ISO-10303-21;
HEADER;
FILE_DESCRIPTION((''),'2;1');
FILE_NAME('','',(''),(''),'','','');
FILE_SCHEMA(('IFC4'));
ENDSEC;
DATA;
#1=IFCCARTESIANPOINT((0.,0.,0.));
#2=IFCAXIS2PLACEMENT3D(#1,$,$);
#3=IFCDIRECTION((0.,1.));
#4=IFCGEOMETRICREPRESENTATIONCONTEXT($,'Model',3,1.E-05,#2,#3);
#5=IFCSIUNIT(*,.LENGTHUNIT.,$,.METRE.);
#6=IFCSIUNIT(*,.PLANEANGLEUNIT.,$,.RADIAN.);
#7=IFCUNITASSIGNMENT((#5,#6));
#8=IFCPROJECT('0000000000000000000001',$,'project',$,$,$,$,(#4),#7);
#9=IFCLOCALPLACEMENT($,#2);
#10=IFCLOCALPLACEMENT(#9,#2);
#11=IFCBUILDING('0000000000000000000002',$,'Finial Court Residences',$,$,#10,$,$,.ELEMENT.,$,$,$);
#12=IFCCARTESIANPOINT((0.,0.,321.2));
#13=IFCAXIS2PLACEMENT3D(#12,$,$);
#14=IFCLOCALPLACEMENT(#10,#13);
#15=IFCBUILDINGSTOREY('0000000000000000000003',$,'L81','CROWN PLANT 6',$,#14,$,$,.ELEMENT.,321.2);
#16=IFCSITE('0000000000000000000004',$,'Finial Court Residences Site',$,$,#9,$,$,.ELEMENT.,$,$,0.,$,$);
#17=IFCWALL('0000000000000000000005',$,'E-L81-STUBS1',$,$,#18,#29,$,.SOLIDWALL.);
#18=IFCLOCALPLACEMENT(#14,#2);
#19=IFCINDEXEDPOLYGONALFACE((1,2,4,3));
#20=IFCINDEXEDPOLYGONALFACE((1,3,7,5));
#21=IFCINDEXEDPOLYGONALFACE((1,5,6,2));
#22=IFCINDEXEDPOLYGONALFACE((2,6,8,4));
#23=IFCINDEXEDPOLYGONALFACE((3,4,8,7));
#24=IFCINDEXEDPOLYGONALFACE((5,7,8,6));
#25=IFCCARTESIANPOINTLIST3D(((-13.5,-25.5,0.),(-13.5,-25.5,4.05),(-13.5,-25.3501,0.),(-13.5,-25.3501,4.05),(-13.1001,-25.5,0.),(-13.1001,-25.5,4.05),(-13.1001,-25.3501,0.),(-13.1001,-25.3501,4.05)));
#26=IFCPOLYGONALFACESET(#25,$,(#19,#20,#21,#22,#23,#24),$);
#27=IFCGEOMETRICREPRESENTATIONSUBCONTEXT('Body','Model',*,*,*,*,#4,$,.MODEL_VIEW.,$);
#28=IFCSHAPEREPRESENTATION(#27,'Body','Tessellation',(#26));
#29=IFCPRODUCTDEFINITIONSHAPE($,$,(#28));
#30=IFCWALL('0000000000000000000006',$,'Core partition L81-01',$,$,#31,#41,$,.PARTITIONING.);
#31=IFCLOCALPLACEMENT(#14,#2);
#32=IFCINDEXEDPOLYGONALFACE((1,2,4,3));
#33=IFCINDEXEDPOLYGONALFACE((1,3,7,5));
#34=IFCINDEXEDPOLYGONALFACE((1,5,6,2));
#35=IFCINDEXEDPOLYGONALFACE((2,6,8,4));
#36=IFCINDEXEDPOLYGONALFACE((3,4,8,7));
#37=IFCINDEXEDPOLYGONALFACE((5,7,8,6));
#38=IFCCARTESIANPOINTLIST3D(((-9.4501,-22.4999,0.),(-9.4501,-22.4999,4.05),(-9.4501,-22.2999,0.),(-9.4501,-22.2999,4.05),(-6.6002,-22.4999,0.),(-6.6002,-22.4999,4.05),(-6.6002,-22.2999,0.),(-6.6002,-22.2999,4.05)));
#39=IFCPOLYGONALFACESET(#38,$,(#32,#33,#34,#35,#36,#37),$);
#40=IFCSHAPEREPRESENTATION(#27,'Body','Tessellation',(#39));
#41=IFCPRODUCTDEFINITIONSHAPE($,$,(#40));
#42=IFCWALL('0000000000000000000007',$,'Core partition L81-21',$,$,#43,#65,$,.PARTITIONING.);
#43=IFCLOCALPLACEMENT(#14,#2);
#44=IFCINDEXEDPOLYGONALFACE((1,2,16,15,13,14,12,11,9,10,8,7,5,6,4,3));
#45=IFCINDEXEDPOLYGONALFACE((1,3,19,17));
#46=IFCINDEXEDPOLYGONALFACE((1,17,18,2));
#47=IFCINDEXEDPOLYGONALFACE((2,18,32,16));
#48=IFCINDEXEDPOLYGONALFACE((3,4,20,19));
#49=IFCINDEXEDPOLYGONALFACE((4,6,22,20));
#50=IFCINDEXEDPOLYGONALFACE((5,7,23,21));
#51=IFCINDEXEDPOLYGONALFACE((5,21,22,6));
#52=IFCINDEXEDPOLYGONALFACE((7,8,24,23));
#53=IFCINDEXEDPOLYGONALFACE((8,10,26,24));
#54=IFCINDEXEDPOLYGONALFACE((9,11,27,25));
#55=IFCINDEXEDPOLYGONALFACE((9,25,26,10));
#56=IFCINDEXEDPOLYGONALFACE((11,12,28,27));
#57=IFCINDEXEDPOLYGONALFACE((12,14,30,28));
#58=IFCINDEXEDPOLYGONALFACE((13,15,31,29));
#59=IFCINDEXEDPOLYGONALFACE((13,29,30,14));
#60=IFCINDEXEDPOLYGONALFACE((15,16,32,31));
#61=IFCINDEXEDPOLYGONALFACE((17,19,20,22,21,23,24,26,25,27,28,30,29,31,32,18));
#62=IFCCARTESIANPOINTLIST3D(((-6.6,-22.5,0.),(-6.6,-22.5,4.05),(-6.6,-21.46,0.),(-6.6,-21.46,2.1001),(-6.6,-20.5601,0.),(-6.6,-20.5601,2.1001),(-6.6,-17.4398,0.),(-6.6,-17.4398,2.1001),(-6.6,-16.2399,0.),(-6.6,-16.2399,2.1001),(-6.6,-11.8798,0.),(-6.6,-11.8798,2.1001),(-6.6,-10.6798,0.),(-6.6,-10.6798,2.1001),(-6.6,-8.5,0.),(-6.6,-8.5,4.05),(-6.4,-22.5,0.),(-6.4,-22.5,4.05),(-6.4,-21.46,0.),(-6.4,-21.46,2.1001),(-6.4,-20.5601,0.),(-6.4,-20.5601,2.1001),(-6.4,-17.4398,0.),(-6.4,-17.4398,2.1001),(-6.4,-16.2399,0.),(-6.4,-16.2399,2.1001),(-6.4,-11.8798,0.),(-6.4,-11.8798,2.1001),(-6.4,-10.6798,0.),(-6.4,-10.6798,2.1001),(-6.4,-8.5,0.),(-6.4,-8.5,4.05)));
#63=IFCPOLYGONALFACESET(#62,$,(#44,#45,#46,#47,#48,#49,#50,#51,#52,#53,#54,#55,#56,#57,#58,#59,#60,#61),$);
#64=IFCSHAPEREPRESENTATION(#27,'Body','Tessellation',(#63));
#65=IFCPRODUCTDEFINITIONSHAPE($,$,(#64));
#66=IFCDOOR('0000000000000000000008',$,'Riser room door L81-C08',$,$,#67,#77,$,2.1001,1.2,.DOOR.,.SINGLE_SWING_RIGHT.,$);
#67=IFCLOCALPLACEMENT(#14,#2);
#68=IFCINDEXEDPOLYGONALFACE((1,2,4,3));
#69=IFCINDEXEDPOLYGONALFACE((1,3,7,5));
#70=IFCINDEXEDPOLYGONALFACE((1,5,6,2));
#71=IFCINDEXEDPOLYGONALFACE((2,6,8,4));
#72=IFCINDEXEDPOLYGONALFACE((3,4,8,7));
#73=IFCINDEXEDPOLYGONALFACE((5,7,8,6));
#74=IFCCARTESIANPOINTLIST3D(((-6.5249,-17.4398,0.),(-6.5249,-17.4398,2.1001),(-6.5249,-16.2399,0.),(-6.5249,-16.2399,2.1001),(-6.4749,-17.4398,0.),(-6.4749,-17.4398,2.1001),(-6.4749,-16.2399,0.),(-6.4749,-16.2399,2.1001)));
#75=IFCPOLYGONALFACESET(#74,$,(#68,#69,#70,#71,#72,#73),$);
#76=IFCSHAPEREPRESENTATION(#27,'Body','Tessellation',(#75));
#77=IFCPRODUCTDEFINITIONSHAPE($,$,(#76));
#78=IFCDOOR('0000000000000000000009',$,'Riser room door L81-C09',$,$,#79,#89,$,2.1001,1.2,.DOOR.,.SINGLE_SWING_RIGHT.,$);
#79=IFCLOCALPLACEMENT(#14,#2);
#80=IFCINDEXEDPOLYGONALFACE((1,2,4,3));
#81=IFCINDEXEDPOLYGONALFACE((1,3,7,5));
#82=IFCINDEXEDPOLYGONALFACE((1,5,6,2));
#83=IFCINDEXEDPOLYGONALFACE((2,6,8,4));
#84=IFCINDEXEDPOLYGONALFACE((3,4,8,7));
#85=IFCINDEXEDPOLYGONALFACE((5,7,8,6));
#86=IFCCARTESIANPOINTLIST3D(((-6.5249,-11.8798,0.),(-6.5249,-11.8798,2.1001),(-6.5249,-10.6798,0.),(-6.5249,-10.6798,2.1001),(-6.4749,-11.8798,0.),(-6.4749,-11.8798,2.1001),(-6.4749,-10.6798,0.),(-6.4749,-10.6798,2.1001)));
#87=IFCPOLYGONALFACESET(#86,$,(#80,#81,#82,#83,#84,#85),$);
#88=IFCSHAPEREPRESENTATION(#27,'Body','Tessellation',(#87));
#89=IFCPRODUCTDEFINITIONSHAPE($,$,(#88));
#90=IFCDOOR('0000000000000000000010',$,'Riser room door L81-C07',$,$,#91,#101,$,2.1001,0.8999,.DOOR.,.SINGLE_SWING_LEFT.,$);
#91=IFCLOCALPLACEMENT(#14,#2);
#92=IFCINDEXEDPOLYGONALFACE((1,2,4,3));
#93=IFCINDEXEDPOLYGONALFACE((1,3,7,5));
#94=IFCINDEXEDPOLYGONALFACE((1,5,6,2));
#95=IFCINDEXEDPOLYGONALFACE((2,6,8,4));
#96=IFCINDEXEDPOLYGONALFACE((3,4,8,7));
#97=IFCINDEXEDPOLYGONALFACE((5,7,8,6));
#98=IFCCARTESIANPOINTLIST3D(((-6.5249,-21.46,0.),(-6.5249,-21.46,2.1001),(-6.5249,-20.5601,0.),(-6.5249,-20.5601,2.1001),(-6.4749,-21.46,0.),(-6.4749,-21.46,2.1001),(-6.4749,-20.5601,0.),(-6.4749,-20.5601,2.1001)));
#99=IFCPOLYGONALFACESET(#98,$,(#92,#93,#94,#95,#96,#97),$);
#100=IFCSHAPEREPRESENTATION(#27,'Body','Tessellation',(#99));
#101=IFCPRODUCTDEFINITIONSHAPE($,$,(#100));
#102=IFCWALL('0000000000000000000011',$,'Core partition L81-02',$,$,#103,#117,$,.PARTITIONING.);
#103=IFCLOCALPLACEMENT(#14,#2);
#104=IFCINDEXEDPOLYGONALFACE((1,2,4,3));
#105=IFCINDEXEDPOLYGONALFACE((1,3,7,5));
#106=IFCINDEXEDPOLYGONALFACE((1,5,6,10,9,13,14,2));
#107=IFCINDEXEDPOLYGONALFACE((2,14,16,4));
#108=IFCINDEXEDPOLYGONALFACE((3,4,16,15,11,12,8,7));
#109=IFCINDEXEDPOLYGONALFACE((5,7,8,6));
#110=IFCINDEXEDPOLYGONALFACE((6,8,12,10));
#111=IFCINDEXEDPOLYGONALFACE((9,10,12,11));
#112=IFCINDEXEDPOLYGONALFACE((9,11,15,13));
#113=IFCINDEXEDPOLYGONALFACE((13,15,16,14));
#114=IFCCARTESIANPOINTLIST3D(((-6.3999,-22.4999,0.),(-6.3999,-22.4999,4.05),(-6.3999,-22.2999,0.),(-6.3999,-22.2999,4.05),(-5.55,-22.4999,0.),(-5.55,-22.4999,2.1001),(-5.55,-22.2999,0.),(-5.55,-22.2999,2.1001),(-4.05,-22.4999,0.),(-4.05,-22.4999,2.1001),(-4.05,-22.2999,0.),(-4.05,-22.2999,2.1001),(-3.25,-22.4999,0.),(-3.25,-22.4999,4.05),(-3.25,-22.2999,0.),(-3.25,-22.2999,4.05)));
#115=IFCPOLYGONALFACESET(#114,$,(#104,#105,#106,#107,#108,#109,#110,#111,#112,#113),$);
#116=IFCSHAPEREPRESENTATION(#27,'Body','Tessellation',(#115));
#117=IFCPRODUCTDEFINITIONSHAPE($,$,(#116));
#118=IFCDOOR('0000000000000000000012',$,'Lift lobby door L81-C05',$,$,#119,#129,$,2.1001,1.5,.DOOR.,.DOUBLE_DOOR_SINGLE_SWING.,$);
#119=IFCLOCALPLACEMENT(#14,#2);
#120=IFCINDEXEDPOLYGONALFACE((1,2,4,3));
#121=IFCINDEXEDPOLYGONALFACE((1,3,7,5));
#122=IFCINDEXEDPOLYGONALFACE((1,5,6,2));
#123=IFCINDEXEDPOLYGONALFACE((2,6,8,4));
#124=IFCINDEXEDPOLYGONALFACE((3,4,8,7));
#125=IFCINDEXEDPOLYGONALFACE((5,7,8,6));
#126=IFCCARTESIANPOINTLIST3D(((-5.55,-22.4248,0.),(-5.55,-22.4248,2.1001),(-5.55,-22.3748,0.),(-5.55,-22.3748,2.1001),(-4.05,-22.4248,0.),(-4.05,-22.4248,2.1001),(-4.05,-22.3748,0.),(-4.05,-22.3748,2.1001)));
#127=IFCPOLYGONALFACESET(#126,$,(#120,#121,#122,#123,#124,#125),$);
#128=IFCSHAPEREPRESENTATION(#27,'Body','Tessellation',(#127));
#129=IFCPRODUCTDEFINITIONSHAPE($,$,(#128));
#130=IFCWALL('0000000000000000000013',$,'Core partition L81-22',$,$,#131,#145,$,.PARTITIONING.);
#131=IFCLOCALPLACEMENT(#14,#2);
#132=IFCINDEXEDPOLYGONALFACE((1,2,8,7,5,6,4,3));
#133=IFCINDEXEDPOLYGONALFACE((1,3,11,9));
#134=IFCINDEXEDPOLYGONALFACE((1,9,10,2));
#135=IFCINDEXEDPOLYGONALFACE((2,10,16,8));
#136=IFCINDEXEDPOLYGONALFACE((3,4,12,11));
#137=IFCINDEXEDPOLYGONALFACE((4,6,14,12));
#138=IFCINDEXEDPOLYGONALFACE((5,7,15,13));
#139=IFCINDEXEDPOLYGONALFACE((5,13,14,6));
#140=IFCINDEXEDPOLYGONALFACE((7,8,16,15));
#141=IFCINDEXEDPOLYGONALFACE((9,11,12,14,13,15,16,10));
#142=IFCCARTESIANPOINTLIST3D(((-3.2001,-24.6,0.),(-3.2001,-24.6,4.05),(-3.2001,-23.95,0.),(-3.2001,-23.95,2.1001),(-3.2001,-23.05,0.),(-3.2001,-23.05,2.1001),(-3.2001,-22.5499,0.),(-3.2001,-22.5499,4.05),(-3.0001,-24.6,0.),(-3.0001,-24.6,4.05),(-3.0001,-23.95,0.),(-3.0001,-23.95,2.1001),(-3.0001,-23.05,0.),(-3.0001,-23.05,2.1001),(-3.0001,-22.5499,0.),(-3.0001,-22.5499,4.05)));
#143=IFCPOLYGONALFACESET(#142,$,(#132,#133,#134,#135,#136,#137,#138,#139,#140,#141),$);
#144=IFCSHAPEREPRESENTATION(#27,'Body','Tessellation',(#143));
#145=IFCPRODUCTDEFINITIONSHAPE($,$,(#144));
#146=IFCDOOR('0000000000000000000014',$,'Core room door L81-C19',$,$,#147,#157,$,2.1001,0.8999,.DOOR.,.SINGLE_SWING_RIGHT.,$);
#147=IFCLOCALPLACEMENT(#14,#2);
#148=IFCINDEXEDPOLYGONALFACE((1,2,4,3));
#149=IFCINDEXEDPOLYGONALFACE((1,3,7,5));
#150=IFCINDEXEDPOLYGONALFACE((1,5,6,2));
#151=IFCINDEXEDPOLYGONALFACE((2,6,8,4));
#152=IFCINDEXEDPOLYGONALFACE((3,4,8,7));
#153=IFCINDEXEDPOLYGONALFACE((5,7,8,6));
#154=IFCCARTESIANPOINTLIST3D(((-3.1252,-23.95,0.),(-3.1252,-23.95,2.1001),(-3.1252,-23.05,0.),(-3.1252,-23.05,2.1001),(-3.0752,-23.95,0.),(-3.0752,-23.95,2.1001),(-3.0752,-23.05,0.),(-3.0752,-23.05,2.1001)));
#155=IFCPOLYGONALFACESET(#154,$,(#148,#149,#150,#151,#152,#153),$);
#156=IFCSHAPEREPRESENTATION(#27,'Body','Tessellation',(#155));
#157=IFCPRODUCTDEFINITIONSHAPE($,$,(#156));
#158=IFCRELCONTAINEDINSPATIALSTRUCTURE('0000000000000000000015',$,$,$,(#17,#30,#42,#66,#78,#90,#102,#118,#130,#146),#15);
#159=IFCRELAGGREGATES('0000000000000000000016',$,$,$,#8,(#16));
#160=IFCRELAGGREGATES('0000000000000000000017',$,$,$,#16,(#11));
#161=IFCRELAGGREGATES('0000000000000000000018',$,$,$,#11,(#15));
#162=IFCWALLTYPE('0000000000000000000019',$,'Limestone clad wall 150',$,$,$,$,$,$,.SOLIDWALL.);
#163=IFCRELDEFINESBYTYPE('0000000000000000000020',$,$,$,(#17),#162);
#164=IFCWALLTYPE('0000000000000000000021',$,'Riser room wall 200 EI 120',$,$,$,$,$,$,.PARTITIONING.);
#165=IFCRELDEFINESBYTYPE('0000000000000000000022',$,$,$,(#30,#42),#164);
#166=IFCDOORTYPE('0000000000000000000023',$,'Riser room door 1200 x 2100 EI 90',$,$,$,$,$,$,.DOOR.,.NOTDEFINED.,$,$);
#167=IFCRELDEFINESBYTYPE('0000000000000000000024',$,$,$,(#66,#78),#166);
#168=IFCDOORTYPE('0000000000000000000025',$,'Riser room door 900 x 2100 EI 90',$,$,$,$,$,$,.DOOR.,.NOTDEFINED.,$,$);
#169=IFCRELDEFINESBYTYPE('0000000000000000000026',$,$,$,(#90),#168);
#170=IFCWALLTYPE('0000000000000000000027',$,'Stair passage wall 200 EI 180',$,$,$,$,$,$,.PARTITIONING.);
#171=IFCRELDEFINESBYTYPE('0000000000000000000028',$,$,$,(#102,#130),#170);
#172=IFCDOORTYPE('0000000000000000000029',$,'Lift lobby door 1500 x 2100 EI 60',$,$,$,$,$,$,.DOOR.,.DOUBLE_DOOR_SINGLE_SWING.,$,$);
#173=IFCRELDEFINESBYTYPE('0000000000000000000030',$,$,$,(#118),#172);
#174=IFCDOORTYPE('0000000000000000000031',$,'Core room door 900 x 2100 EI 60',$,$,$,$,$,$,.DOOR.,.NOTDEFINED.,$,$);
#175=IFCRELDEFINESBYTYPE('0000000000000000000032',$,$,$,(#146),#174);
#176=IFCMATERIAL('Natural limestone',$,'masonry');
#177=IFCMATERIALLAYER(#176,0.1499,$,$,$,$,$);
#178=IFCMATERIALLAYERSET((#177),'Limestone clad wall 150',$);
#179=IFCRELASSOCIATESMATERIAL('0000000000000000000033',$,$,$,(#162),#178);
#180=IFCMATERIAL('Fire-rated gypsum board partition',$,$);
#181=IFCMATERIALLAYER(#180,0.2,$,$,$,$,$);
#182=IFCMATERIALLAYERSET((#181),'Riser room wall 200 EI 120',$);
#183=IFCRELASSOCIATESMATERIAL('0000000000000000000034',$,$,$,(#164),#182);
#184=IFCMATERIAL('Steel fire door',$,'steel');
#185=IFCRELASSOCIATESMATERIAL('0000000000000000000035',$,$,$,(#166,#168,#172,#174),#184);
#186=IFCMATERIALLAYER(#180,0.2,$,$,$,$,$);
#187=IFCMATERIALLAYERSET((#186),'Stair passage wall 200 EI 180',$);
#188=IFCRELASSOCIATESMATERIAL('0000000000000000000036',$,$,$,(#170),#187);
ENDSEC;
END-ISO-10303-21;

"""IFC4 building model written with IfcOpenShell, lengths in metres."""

from ifc_helpers import new_model, si_unit, direction, frame, frame_2d, origin, place, context, subcontext, project, spatial, rectangle, extrude, material, layer, layer_set, type_object, element, fill, save


model = new_model("IFC4")

# Units and contexts
model_context = context("Model", 3, precision=1e-05, world=origin(), true_north=direction((0.0, 1.0)))
body_context = subcontext(model_context, "Body", "Model", "MODEL_VIEW")
ifc_project = project(units=[si_unit("LENGTHUNIT", "METRE"), si_unit("PLANEANGLEUNIT", "RADIAN")], contexts=[model_context])

# Site, building, storey
site_placement = place(None, origin())
site = spatial("IfcSite", under=ifc_project, at=site_placement, Name="Finial Court Residences Site", CompositionType="ELEMENT", RefElevation=0.0)
building_placement = place(site_placement, origin())
building = spatial("IfcBuilding", under=site, at=building_placement, Name="Finial Court Residences", CompositionType="ELEMENT")
storey_placement = place(building_placement, frame((0.0, 0.0, 321.2)))
storey = spatial("IfcBuildingStorey", under=building, at=storey_placement, Name="L81", Description="CROWN PLANT 6", CompositionType="ELEMENT", Elevation=321.2)

# Shared definitions
ifc_material_1 = material(Name="Steel fire door", Category="steel")

# Walls
ifc_material_2 = material(Name="Natural limestone", Category="masonry")
ifc_layer_1 = layer(ifc_material_2, 0.1499)
ifc_layer_set_1 = layer_set([ifc_layer_1], Name="Limestone clad wall 150")
wall_type_1 = type_object("IfcWallType", Name="Limestone clad wall 150", PredefinedType="SOLIDWALL", material=ifc_layer_set_1)
wall_1_placement = place(storey_placement, frame((-13.1001, -25.425, 0.0), z_axis=(0.0, 0.0, 1.0), x_axis=(-1.0, 0.0, 0.0)))
element("IfcWall", 1, at=wall_1_placement, inside=storey, type_object=wall_type_1, Name="E-L81-STUBS1", PredefinedType="SOLIDWALL", context=body_context, shape_type="SweptSolid", body=[
    extrude(rectangle(XDim=0.3999, YDim=0.1499, at=frame_2d((0.2, 0.0))), origin(), (0.0, 0.0, 1.0), 4.05),
])
ifc_material_3 = material(Name="Fire-rated gypsum board partition")
ifc_layer_2 = layer(ifc_material_3, 0.2)
ifc_layer_set_2 = layer_set([ifc_layer_2], Name="Riser room wall 200 EI 120")
wall_type_2 = type_object("IfcWallType", Name="Riser room wall 200 EI 120", PredefinedType="PARTITIONING", material=ifc_layer_set_2)
wall_2_placement = place(storey_placement, frame((-9.45, -22.3999, 0.0), z_axis=(0.0, 0.0, 1.0), x_axis=(1.0, 0.0, 0.0)))
element("IfcWall", 2, at=wall_2_placement, inside=storey, type_object=wall_type_2, Name="Core partition L81-01", PredefinedType="PARTITIONING", context=body_context, shape_type="SweptSolid", body=[
    extrude(rectangle(XDim=2.8499, YDim=0.2, at=frame_2d((1.4248, 0.0))), origin(), (0.0, 0.0, 1.0), 4.05),
])

# Wall, openings, doors
wall_3_placement = place(storey_placement, frame((-6.5, -22.5, 0.0), z_axis=(0.0, 0.0, 1.0), x_axis=(0.0, 1.0, 0.0)))
wall_3 = element("IfcWall", 3, at=wall_3_placement, inside=storey, type_object=wall_type_2, Name="Core partition L81-21", PredefinedType="PARTITIONING", context=body_context, shape_type="SweptSolid", body=[
    extrude(rectangle(XDim=14.0, YDim=0.2, at=frame_2d((7.0, 0.0))), origin(), (0.0, 0.0, 1.0), 4.05),
])
opening_1_placement = place(wall_3_placement, frame((1.04, 0.0, 0.0)))
opening_1 = element("IfcOpeningElement", 4, at=opening_1_placement, cuts=wall_3, PredefinedType="OPENING", context=body_context, shape_type="SweptSolid", body=[
    extrude(rectangle(XDim=0.8999, YDim=2.1001, at=frame_2d((0.45, 1.05))), frame((0.0, 0.1099, 0.0), z_axis=(0.0, -1.0, 0.0), x_axis=(1.0, 0.0, 0.0)), (0.0, 0.0, 1.0), 0.22),
])
opening_2_placement = place(wall_3_placement, frame((5.0601, 0.0, 0.0)))
opening_2 = element("IfcOpeningElement", 5, at=opening_2_placement, cuts=wall_3, PredefinedType="OPENING", context=body_context, shape_type="SweptSolid", body=[
    extrude(rectangle(XDim=1.2, YDim=2.1001, at=frame_2d((0.6001, 1.05))), frame((0.0, 0.1099, 0.0), z_axis=(0.0, -1.0, 0.0), x_axis=(1.0, 0.0, 0.0)), (0.0, 0.0, 1.0), 0.22),
])
opening_3_placement = place(wall_3_placement, frame((10.6201, 0.0, 0.0)))
opening_3 = element("IfcOpeningElement", 6, at=opening_3_placement, cuts=wall_3, PredefinedType="OPENING", context=body_context, shape_type="SweptSolid", body=[
    extrude(rectangle(XDim=1.2, YDim=2.1001, at=frame_2d((0.6001, 1.05))), frame((0.0, 0.1099, 0.0), z_axis=(0.0, -1.0, 0.0), x_axis=(1.0, 0.0, 0.0)), (0.0, 0.0, 1.0), 0.22),
])
door_type_1 = type_object("IfcDoorType", Name="Riser room door 1200 x 2100 EI 90", OperationType="NOTDEFINED", PredefinedType="DOOR", material=ifc_material_1)
door_1_placement = place(opening_2_placement, origin())
door_1 = element("IfcDoor", 7, at=door_1_placement, inside=storey, type_object=door_type_1, Name="Riser room door L81-C08", OperationType="SINGLE_SWING_RIGHT", OverallHeight=2.1001, OverallWidth=1.2, PredefinedType="DOOR", context=body_context, shape_type="SweptSolid", body=[
    extrude(rectangle(XDim=1.2, YDim=2.1001, at=frame_2d((0.6001, 1.05))), frame((0.0, 0.0249, 0.0), z_axis=(0.0, -1.0, 0.0), x_axis=(1.0, 0.0, 0.0)), (0.0, 0.0, 1.0), 0.05),
])
fill(opening_2, door_1)
door_2_placement = place(opening_3_placement, origin())
door_2 = element("IfcDoor", 8, at=door_2_placement, inside=storey, type_object=door_type_1, Name="Riser room door L81-C09", OperationType="SINGLE_SWING_RIGHT", OverallHeight=2.1001, OverallWidth=1.2, PredefinedType="DOOR", context=body_context, shape_type="SweptSolid", body=[
    extrude(rectangle(XDim=1.2, YDim=2.1001, at=frame_2d((0.6001, 1.05))), frame((0.0, 0.0249, 0.0), z_axis=(0.0, -1.0, 0.0), x_axis=(1.0, 0.0, 0.0)), (0.0, 0.0, 1.0), 0.05),
])
fill(opening_3, door_2)
door_type_2 = type_object("IfcDoorType", Name="Riser room door 900 x 2100 EI 90", OperationType="NOTDEFINED", PredefinedType="DOOR", material=ifc_material_1)
door_3_placement = place(opening_1_placement, origin())
door_3 = element("IfcDoor", 9, at=door_3_placement, inside=storey, type_object=door_type_2, Name="Riser room door L81-C07", OperationType="SINGLE_SWING_LEFT", OverallHeight=2.1001, OverallWidth=0.8999, PredefinedType="DOOR", context=body_context, shape_type="SweptSolid", body=[
    extrude(rectangle(XDim=0.8999, YDim=2.1001, at=frame_2d((0.45, 1.05))), frame((0.0, 0.0249, 0.0), z_axis=(0.0, -1.0, 0.0), x_axis=(1.0, 0.0, 0.0)), (0.0, 0.0, 1.0), 0.05),
])
fill(opening_1, door_3)

# Walls, openings, doors
ifc_layer_3 = layer(ifc_material_3, 0.2)
ifc_layer_set_3 = layer_set([ifc_layer_3], Name="Stair passage wall 200 EI 180")
wall_type_3 = type_object("IfcWallType", Name="Stair passage wall 200 EI 180", PredefinedType="PARTITIONING", material=ifc_layer_set_3)
wall_4_placement = place(storey_placement, frame((-3.25, -22.3999, 0.0), z_axis=(0.0, 0.0, 1.0), x_axis=(-1.0, 0.0, 0.0)))
wall_4 = element("IfcWall", 10, at=wall_4_placement, inside=storey, type_object=wall_type_3, Name="Core partition L81-02", PredefinedType="PARTITIONING", context=body_context, shape_type="SweptSolid", body=[
    extrude(rectangle(XDim=3.1499, YDim=0.2, at=frame_2d((1.575, 0.0))), origin(), (0.0, 0.0, 1.0), 4.05),
])
opening_4_placement = place(wall_4_placement, frame((0.8, 0.0, 0.0)))
opening_4 = element("IfcOpeningElement", 11, at=opening_4_placement, cuts=wall_4, PredefinedType="OPENING", context=body_context, shape_type="SweptSolid", body=[
    extrude(rectangle(XDim=1.5, YDim=2.1001, at=frame_2d((0.75, 1.05))), frame((0.0, 0.1099, 0.0), z_axis=(0.0, -1.0, 0.0), x_axis=(1.0, 0.0, 0.0)), (0.0, 0.0, 1.0), 0.22),
])
door_type_3 = type_object("IfcDoorType", Name="Lift lobby door 1500 x 2100 EI 60", OperationType="DOUBLE_DOOR_SINGLE_SWING", PredefinedType="DOOR", material=ifc_material_1)
door_4_placement = place(opening_4_placement, origin())
door_4 = element("IfcDoor", 12, at=door_4_placement, inside=storey, type_object=door_type_3, Name="Lift lobby door L81-C05", OperationType="DOUBLE_DOOR_SINGLE_SWING", OverallHeight=2.1001, OverallWidth=1.5, PredefinedType="DOOR", context=body_context, shape_type="SweptSolid", body=[
    extrude(rectangle(XDim=1.5, YDim=2.1001, at=frame_2d((0.75, 1.05))), frame((0.0, 0.0249, 0.0), z_axis=(0.0, -1.0, 0.0), x_axis=(1.0, 0.0, 0.0)), (0.0, 0.0, 1.0), 0.05),
])
fill(opening_4, door_4)
wall_5_placement = place(storey_placement, frame((-3.1001, -22.55, 0.0), z_axis=(0.0, 0.0, 1.0), x_axis=(0.0, -1.0, 0.0)))
wall_5 = element("IfcWall", 13, at=wall_5_placement, inside=storey, type_object=wall_type_3, Name="Core partition L81-22", PredefinedType="PARTITIONING", context=body_context, shape_type="SweptSolid", body=[
    extrude(rectangle(XDim=2.05, YDim=0.2, at=frame_2d((1.0249, 0.0))), origin(), (0.0, 0.0, 1.0), 4.05),
])
opening_5_placement = place(wall_5_placement, frame((0.5, 0.0, 0.0)))
opening_5 = element("IfcOpeningElement", 14, at=opening_5_placement, cuts=wall_5, PredefinedType="OPENING", context=body_context, shape_type="SweptSolid", body=[
    extrude(rectangle(XDim=0.8999, YDim=2.1001, at=frame_2d((0.45, 1.05))), frame((0.0, 0.1099, 0.0), z_axis=(0.0, -1.0, 0.0), x_axis=(1.0, 0.0, 0.0)), (0.0, 0.0, 1.0), 0.22),
])
door_type_4 = type_object("IfcDoorType", Name="Core room door 900 x 2100 EI 60", OperationType="NOTDEFINED", PredefinedType="DOOR", material=ifc_material_1)
door_5_placement = place(opening_5_placement, origin())
door_5 = element("IfcDoor", 15, at=door_5_placement, inside=storey, type_object=door_type_4, Name="Core room door L81-C19", OperationType="SINGLE_SWING_RIGHT", OverallHeight=2.1001, OverallWidth=0.8999, PredefinedType="DOOR", context=body_context, shape_type="SweptSolid", body=[
    extrude(rectangle(XDim=0.8999, YDim=2.1001, at=frame_2d((0.45, 1.05))), frame((0.0, 0.0249, 0.0), z_axis=(0.0, -1.0, 0.0), x_axis=(1.0, 0.0, 0.0)), (0.0, 0.0, 1.0), 0.05),
])
fill(opening_5, door_5)

save(model, "model.ifc")
